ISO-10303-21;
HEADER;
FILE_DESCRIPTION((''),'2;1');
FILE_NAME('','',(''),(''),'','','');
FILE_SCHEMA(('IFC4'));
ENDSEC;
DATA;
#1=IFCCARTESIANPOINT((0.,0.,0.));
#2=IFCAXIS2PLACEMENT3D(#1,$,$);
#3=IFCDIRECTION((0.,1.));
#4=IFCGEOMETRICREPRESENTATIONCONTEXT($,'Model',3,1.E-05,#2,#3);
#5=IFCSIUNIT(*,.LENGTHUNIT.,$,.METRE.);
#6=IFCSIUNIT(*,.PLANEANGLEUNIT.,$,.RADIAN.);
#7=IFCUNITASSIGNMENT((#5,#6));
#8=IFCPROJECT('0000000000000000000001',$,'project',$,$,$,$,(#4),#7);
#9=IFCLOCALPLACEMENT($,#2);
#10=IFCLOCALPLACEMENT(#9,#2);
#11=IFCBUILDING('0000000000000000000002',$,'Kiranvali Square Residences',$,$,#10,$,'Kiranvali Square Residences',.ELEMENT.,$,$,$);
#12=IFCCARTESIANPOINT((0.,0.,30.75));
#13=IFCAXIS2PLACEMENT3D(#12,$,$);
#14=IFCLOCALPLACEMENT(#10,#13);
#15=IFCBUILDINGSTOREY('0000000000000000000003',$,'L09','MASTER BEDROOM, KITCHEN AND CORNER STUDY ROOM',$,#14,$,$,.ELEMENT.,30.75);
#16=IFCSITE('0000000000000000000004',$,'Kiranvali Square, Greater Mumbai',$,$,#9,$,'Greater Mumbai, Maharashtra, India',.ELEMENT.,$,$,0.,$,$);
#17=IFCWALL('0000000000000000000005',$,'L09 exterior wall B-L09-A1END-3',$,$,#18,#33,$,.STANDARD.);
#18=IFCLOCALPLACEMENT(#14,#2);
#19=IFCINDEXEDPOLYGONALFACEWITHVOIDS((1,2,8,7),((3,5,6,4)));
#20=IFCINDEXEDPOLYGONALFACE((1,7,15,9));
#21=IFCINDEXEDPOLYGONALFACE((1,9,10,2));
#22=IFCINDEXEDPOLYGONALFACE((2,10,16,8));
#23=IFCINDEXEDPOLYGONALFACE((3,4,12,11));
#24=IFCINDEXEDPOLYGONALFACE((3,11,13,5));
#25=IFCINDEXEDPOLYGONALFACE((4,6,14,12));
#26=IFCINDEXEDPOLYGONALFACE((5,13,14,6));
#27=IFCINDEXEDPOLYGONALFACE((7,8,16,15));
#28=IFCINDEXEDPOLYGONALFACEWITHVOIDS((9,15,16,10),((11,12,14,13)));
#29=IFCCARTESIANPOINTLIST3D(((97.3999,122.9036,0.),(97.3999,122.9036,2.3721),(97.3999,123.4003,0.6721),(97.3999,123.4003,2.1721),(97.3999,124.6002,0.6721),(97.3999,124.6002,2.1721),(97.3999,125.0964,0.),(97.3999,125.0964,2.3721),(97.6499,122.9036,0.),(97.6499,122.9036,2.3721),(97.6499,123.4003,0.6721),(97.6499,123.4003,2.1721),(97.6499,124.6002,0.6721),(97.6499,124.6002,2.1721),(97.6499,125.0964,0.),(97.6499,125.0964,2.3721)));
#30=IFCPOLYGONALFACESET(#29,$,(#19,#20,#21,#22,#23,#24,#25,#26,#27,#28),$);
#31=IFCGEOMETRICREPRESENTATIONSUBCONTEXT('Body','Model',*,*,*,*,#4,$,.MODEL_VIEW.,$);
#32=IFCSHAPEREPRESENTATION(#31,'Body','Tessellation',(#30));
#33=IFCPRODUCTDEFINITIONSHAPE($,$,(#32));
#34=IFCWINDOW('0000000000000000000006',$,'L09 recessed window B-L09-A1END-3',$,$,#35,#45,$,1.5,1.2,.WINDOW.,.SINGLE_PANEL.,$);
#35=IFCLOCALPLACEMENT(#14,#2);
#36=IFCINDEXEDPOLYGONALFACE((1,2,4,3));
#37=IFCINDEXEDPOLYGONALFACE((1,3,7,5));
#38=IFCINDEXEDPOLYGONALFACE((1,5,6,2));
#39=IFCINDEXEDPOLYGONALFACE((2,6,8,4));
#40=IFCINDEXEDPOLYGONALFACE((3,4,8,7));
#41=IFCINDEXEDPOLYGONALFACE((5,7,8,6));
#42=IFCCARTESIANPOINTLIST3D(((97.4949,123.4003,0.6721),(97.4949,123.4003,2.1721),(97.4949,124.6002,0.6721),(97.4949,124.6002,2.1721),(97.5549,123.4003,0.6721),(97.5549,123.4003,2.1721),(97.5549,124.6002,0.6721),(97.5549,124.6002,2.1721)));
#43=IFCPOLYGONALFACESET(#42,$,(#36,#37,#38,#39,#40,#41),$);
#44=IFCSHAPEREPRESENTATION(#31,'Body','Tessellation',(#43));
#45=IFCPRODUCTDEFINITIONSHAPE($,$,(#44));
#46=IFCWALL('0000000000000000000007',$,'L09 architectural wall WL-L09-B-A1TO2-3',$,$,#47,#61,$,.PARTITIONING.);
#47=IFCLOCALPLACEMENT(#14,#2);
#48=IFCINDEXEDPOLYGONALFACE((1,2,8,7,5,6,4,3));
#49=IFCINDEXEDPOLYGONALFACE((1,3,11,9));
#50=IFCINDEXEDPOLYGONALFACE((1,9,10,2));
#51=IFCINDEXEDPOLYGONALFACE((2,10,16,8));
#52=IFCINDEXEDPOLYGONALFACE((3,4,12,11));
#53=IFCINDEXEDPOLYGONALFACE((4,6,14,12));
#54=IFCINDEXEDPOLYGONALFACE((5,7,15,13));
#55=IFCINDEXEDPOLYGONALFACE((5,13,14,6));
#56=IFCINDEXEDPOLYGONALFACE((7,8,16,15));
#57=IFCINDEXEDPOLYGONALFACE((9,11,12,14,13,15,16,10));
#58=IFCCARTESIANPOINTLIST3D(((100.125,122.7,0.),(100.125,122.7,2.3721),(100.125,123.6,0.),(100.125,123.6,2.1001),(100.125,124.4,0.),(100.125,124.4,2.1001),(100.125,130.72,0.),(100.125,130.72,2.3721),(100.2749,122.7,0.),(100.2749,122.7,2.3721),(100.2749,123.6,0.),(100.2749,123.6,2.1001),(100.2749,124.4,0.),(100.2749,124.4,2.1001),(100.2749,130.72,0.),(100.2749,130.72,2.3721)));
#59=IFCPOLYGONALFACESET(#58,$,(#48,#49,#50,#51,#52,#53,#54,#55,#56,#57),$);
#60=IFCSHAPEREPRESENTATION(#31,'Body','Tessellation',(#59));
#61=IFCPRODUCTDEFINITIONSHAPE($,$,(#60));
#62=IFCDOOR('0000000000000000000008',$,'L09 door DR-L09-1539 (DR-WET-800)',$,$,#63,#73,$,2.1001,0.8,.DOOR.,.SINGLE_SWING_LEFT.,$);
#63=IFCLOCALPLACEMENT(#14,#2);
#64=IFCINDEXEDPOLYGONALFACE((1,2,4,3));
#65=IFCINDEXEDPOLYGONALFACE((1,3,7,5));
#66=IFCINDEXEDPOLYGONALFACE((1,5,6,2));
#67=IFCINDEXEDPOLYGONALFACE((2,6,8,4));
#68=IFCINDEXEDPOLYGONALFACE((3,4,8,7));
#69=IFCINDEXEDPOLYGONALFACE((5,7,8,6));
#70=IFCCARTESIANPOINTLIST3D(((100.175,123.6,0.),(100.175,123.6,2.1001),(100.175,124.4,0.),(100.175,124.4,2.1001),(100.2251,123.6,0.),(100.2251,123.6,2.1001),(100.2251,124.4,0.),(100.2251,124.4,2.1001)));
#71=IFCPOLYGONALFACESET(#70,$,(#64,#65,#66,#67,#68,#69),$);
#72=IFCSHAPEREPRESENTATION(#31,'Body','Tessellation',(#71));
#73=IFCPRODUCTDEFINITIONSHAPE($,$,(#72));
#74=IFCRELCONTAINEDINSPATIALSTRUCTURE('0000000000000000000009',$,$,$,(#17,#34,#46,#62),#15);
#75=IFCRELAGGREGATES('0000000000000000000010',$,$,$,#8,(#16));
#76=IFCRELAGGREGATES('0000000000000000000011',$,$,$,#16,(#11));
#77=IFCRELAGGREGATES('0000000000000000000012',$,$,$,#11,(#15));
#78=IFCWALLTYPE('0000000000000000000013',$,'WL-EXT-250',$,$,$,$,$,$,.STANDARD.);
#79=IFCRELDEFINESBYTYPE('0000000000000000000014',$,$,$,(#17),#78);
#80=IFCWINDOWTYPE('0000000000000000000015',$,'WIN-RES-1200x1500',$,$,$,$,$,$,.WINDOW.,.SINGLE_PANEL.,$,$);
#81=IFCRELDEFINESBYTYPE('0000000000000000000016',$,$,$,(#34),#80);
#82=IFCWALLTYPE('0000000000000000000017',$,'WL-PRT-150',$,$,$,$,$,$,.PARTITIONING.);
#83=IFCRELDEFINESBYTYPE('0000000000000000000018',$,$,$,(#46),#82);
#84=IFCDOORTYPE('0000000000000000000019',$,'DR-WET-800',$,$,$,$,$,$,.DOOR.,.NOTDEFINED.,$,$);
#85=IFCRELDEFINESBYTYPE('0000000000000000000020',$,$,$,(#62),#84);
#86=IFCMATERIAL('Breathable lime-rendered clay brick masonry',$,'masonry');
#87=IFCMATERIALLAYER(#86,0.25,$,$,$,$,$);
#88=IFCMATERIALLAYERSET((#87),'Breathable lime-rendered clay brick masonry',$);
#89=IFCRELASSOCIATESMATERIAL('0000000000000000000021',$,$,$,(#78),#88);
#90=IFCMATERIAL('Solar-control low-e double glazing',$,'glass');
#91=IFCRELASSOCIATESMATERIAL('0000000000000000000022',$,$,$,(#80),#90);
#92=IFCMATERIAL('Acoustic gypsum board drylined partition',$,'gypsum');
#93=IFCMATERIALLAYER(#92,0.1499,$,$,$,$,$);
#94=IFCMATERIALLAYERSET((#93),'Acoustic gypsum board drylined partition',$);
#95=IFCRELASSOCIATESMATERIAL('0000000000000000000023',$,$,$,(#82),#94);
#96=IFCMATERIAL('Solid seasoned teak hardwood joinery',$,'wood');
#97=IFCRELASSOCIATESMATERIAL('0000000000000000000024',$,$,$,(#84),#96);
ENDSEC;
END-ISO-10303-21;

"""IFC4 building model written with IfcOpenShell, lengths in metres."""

from ifc_helpers import new_model, si_unit, direction, frame, frame_2d, origin, place, context, subcontext, project, spatial, rectangle, extrude, material, layer, layer_set, type_object, element, fill, save


model = new_model("IFC4")

# Units and contexts
model_context = context("Model", 3, precision=1e-05, world=origin(), true_north=direction((0.0, 1.0)))
body_context = subcontext(model_context, "Body", "Model", "MODEL_VIEW")
ifc_project = project(units=[si_unit("LENGTHUNIT", "METRE"), si_unit("PLANEANGLEUNIT", "RADIAN")], contexts=[model_context])

# Site, building, storey
site_placement = place(None, origin())
site = spatial("IfcSite", under=ifc_project, at=site_placement, Name="Kiranvali Square, Greater Mumbai", LongName="Greater Mumbai, Maharashtra, India", CompositionType="ELEMENT", RefElevation=0.0)
building_placement = place(site_placement, origin())
building = spatial("IfcBuilding", under=site, at=building_placement, Name="Kiranvali Square Residences", LongName="Kiranvali Square Residences", CompositionType="ELEMENT")
storey_placement = place(building_placement, frame((0.0, 0.0, 30.75)))
storey = spatial("IfcBuildingStorey", under=building, at=storey_placement, Name="L09", Description="MASTER BEDROOM, KITCHEN AND CORNER STUDY ROOM", CompositionType="ELEMENT", Elevation=30.75)

# Wall, opening, window
ifc_material_1 = material(Name="Breathable lime-rendered clay brick masonry", Category="masonry")
ifc_layer_1 = layer(ifc_material_1, 0.25)
ifc_layer_set_1 = layer_set([ifc_layer_1], Name="Breathable lime-rendered clay brick masonry")
wall_type_1 = type_object("IfcWallType", Name="WL-EXT-250", PredefinedType="STANDARD", material=ifc_layer_set_1)
ifc_material_2 = material(Name="Solar-control low-e double glazing", Category="glass")
wall_1_placement = place(storey_placement, frame((97.5249, 122.9036, 0.0), z_axis=(0.0, 0.0, 1.0), x_axis=(0.0, 1.0, 0.0)))
wall_1 = element("IfcWall", 1, at=wall_1_placement, inside=storey, type_object=wall_type_1, Name="L09 exterior wall B-L09-A1END-3", PredefinedType="STANDARD", context=body_context, shape_type="SweptSolid", body=[
    extrude(rectangle(XDim=2.1929, YDim=0.25, at=frame_2d((1.0964, 0.0))), origin(), (0.0, 0.0, 1.0), 2.3721),
])
opening_1_placement = place(wall_1_placement, frame((0.4966, 0.0, 0.6721)))
opening_1 = element("IfcOpeningElement", 2, at=opening_1_placement, cuts=wall_1, PredefinedType="OPENING", context=body_context, shape_type="SweptSolid", body=[
    extrude(rectangle(XDim=1.2, YDim=1.5, at=frame_2d((0.6001, 0.75))), frame((0.0, 0.135, 0.0), z_axis=(0.0, -1.0, 0.0), x_axis=(1.0, 0.0, 0.0)), (0.0, 0.0, 1.0), 0.27),
])
window_type_1 = type_object("IfcWindowType", Name="WIN-RES-1200x1500", PartitioningType="SINGLE_PANEL", PredefinedType="WINDOW", material=ifc_material_2)
window_1_placement = place(opening_1_placement, origin())
window_1 = element("IfcWindow", 3, at=window_1_placement, inside=storey, type_object=window_type_1, Name="L09 recessed window B-L09-A1END-3", OverallHeight=1.5, OverallWidth=1.2, PartitioningType="SINGLE_PANEL", PredefinedType="WINDOW", context=body_context, shape_type="SweptSolid", body=[
    extrude(rectangle(XDim=1.2, YDim=1.5, at=frame_2d((0.6001, 0.75))), frame((0.0, 0.03, 0.0), z_axis=(0.0, -1.0, 0.0), x_axis=(1.0, 0.0, 0.0)), (0.0, 0.0, 1.0), 0.0601),
])
fill(opening_1, window_1)

# Wall, opening, door
ifc_material_3 = material(Name="Acoustic gypsum board drylined partition", Category="gypsum")
ifc_layer_2 = layer(ifc_material_3, 0.1499)
ifc_layer_set_2 = layer_set([ifc_layer_2], Name="Acoustic gypsum board drylined partition")
wall_type_2 = type_object("IfcWallType", Name="WL-PRT-150", PredefinedType="PARTITIONING", material=ifc_layer_set_2)
wall_2_placement = place(storey_placement, frame((100.2, 122.7, 0.0), z_axis=(0.0, 0.0, 1.0), x_axis=(0.0, 1.0, 0.0)))
wall_2 = element("IfcWall", 4, at=wall_2_placement, inside=storey, type_object=wall_type_2, Name="L09 architectural wall WL-L09-B-A1TO2-3", PredefinedType="PARTITIONING", context=body_context, shape_type="SweptSolid", body=[
    extrude(rectangle(XDim=8.02, YDim=0.1499, at=frame_2d((4.01, 0.0))), origin(), (0.0, 0.0, 1.0), 2.3721),
])
opening_2_placement = place(wall_2_placement, frame((0.9001, 0.0, 0.0)))
opening_2 = element("IfcOpeningElement", 5, at=opening_2_placement, cuts=wall_2, PredefinedType="OPENING", context=body_context, shape_type="SweptSolid", body=[
    extrude(rectangle(XDim=0.8, YDim=2.1001, at=frame_2d((0.3999, 1.05))), frame((0.0, 0.085, 0.0), z_axis=(0.0, -1.0, 0.0), x_axis=(1.0, 0.0, 0.0)), (0.0, 0.0, 1.0), 0.1699),
])
ifc_material_4 = material(Name="Solid seasoned teak hardwood joinery", Category="wood")
door_type = type_object("IfcDoorType", Name="DR-WET-800", OperationType="NOTDEFINED", PredefinedType="DOOR", material=ifc_material_4)
door_placement = place(opening_2_placement, origin())
door = element("IfcDoor", 6, at=door_placement, inside=storey, type_object=door_type, Name="L09 door DR-L09-1539 (DR-WET-800)", OperationType="SINGLE_SWING_LEFT", OverallHeight=2.1001, OverallWidth=0.8, PredefinedType="DOOR", context=body_context, shape_type="SweptSolid", body=[
    extrude(rectangle(XDim=0.8, YDim=2.1001, at=frame_2d((0.3999, 1.05))), frame((0.0, 0.0249, 0.0), z_axis=(0.0, -1.0, 0.0), x_axis=(1.0, 0.0, 0.0)), (0.0, 0.0, 1.0), 0.05),
])
fill(opening_2, door)

save(model, "model.ifc")
